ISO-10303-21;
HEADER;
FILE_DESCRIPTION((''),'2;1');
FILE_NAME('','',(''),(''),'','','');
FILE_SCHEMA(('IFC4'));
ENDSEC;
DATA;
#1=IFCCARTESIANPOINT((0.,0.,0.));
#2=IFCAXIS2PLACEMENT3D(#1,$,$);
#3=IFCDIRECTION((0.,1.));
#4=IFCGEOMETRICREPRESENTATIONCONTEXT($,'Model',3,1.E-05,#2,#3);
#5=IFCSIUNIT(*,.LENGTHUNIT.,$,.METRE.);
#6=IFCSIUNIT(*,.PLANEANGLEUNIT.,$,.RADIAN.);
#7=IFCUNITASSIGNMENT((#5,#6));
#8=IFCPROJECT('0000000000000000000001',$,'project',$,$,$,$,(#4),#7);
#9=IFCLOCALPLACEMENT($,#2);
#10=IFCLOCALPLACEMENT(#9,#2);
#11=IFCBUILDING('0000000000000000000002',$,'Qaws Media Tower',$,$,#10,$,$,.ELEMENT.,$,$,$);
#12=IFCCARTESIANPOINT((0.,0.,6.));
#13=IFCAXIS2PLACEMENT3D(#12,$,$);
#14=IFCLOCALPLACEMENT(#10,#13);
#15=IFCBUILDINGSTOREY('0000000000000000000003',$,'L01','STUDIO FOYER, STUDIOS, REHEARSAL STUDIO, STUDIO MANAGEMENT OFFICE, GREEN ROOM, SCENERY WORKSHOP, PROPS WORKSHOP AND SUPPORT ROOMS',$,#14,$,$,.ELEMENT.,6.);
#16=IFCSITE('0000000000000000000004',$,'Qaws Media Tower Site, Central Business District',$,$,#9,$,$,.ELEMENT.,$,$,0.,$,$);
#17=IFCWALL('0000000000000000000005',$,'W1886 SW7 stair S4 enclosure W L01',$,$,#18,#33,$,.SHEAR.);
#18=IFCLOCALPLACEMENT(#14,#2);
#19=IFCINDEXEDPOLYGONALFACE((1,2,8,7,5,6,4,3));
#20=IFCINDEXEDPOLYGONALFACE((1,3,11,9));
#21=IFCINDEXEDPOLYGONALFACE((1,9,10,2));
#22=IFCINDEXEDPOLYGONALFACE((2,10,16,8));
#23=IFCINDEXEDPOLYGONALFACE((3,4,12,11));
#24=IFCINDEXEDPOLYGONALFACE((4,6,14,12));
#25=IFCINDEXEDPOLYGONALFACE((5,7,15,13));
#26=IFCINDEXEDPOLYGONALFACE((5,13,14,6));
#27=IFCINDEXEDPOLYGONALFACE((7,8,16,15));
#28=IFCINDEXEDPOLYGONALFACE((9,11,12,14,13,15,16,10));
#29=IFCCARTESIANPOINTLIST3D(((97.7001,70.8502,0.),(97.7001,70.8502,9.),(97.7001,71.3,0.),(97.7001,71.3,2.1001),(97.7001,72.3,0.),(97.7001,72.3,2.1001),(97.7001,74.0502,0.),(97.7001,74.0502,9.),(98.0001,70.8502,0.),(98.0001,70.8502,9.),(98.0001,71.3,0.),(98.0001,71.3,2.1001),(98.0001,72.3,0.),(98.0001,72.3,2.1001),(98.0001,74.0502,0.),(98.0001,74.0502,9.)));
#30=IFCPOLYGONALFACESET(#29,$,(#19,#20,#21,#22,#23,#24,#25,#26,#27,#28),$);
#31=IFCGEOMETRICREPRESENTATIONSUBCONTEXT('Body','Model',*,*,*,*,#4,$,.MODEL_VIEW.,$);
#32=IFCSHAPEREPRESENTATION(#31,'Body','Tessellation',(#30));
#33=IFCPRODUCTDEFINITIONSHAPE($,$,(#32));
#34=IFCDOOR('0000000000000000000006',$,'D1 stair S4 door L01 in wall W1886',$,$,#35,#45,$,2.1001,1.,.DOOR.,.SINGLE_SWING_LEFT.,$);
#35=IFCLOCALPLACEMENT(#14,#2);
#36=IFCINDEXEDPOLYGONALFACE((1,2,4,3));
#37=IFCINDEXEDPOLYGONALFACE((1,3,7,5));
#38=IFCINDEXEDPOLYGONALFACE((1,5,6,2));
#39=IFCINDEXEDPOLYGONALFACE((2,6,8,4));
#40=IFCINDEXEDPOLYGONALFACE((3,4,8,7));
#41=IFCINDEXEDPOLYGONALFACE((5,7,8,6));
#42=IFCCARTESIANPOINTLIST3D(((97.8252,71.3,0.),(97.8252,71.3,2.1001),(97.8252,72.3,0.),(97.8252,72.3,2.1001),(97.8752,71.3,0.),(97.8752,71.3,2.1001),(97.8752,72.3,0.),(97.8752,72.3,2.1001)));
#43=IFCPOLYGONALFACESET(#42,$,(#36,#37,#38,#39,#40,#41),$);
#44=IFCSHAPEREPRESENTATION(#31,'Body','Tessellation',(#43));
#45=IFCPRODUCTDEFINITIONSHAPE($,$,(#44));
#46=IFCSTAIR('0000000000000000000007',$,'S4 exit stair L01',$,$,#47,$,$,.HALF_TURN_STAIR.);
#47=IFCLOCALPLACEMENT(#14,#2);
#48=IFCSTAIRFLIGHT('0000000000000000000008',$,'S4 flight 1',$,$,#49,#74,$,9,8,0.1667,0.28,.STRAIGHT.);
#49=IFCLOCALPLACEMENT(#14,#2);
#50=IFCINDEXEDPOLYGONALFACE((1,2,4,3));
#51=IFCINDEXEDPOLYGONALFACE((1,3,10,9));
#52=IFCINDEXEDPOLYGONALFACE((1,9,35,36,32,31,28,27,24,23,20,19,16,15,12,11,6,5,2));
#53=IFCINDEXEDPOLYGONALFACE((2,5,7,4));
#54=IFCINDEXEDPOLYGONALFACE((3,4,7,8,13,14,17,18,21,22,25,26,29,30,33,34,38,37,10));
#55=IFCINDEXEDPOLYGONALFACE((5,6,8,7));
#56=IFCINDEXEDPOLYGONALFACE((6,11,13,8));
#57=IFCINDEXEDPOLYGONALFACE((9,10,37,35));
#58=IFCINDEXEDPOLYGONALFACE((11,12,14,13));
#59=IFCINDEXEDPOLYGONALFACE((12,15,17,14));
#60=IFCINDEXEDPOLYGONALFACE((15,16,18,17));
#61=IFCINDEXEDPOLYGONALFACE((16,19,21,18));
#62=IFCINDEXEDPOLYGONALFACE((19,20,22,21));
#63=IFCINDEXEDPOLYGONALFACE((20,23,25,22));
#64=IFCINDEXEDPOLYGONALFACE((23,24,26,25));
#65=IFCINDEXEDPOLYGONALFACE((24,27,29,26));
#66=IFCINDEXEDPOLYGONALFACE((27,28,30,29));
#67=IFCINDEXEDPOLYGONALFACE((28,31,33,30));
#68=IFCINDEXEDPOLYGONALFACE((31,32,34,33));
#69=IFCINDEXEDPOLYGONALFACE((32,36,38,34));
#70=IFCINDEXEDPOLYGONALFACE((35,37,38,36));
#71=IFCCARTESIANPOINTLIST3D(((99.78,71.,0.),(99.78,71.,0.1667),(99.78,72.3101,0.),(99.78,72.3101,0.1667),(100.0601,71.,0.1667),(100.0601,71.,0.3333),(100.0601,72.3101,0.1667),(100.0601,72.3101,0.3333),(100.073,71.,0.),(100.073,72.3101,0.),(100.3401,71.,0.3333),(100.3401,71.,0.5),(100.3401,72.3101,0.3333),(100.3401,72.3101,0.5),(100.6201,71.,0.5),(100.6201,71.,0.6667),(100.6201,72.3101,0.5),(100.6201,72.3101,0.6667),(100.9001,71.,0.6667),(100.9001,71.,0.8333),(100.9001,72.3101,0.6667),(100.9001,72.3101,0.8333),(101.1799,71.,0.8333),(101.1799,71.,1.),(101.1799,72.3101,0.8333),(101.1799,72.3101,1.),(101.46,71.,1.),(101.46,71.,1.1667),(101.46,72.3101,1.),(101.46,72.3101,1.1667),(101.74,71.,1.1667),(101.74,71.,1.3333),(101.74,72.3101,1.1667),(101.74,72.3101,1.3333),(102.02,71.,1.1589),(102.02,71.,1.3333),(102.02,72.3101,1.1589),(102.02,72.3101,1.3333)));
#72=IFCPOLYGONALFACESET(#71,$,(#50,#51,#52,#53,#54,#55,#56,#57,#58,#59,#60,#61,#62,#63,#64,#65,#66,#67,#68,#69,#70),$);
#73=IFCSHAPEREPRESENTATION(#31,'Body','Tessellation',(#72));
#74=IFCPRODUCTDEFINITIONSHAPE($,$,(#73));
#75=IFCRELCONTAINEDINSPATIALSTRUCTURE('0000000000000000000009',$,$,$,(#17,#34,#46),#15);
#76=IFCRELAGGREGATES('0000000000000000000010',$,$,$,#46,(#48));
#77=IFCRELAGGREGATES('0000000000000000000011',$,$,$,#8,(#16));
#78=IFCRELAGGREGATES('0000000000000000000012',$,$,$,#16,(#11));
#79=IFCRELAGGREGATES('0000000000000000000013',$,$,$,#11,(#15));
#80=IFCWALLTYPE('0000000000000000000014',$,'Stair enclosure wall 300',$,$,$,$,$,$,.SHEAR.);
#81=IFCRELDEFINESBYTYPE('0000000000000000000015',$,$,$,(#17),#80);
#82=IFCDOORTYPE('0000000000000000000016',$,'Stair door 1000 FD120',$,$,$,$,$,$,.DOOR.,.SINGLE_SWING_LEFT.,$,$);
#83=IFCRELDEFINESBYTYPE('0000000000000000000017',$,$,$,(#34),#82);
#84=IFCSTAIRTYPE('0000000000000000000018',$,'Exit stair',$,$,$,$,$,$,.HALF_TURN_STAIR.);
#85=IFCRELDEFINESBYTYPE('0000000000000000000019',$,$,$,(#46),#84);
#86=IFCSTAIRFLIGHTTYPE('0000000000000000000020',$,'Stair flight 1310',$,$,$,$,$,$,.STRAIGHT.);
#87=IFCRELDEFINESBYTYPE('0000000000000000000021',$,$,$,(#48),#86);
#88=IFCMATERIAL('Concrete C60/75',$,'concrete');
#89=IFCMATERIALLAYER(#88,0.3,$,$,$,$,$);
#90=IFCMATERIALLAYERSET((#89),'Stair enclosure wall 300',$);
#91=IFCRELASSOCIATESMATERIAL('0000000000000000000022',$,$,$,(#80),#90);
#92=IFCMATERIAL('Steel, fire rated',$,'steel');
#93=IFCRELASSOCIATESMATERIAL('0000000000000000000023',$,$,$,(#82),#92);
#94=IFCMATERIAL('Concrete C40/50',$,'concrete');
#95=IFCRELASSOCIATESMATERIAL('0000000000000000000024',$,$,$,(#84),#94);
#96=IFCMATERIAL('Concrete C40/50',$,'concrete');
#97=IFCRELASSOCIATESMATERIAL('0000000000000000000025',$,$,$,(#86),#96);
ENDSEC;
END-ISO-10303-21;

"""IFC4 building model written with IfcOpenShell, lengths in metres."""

from ifc_helpers import new_model, si_unit, direction, frame, frame_2d, origin, place, context, subcontext, project, spatial, polyline, rectangle, outline, extrude, material, layer, layer_set, type_object, element, fill, aggregate, save


model = new_model("IFC4")

# Units and contexts
model_context = context("Model", 3, precision=1e-05, world=origin(), true_north=direction((0.0, 1.0)))
body_context = subcontext(model_context, "Body", "Model", "MODEL_VIEW")
ifc_project = project(units=[si_unit("LENGTHUNIT", "METRE"), si_unit("PLANEANGLEUNIT", "RADIAN")], contexts=[model_context])

# Site, building, storey
site_placement = place(None, origin())
site = spatial("IfcSite", under=ifc_project, at=site_placement, Name="Qaws Media Tower Site, Central Business District", CompositionType="ELEMENT", RefElevation=0.0)
building_placement = place(site_placement, origin())
building = spatial("IfcBuilding", under=site, at=building_placement, Name="Qaws Media Tower", CompositionType="ELEMENT")
storey_placement = place(building_placement, frame((0.0, 0.0, 6.0)))
storey = spatial("IfcBuildingStorey", under=building, at=storey_placement, Name="L01", Description="STUDIO FOYER, STUDIOS, REHEARSAL STUDIO, STUDIO MANAGEMENT OFFICE, GREEN ROOM, SCENERY WORKSHOP, PROPS WORKSHOP AND SUPPORT ROOMS", CompositionType="ELEMENT", Elevation=6.0)

# Shared definitions
ifc_material_1 = material(Name="Concrete C60/75", Category="concrete")
ifc_layer_1 = layer(ifc_material_1, 0.3)
ifc_layer_set_1 = layer_set([ifc_layer_1], Name="Stair enclosure wall 300")
wall_type_1 = type_object("IfcWallType", Name="Stair enclosure wall 300", PredefinedType="SHEAR", material=ifc_layer_set_1)

# Wall, opening, door
wall_1_placement = place(storey_placement, frame((97.8501, 70.8501, 0.0), z_axis=(0.0, 0.0, 1.0), x_axis=(0.0, 1.0, 0.0)))
wall_1 = element("IfcWall", 1, at=wall_1_placement, inside=storey, type_object=wall_type_1, Name="W1886 SW7 stair S4 enclosure W L01", PredefinedType="SHEAR", context=body_context, shape_type="SweptSolid", body=[
    extrude(rectangle(XDim=3.2, YDim=0.3, at=frame_2d((1.6001, 0.0))), origin(), (0.0, 0.0, 1.0), 9.0),
])
opening_1_placement = place(wall_1_placement, frame((0.45, 0.0, 0.0)))
opening_1 = element("IfcOpeningElement", 2, at=opening_1_placement, cuts=wall_1, PredefinedType="OPENING", context=body_context, shape_type="SweptSolid", body=[
    extrude(rectangle(XDim=1.0, YDim=2.1001, at=frame_2d((0.5, 1.05))), frame((0.0, 0.1599, 0.0), z_axis=(0.0, -1.0, 0.0), x_axis=(1.0, 0.0, 0.0)), (0.0, 0.0, 1.0), 0.3201),
])
ifc_material_2 = material(Name="Steel, fire rated", Category="steel")
door_type = type_object("IfcDoorType", Name="Stair door 1000 FD120", OperationType="SINGLE_SWING_LEFT", PredefinedType="DOOR", material=ifc_material_2)
door_placement = place(opening_1_placement, origin())
door = element("IfcDoor", 3, at=door_placement, inside=storey, type_object=door_type, Name="D1 stair S4 door L01 in wall W1886", OperationType="SINGLE_SWING_LEFT", OverallHeight=2.1001, OverallWidth=1.0, PredefinedType="DOOR", context=body_context, shape_type="SweptSolid", body=[
    extrude(rectangle(XDim=1.0, YDim=2.1001, at=frame_2d((0.5, 1.05))), frame((0.0, 0.0249, 0.0), z_axis=(0.0, -1.0, 0.0), x_axis=(1.0, 0.0, 0.0)), (0.0, 0.0, 1.0), 0.05),
])
fill(opening_1, door)

# Stair, stair flight
ifc_material_3 = material(Name="Concrete C40/50", Category="concrete")
stair_type = type_object("IfcStairType", Name="Exit stair", PredefinedType="HALF_TURN_STAIR", material=ifc_material_3)
stair_placement = place(storey_placement, origin())
stair = element("IfcStair", 4, at=stair_placement, inside=storey, type_object=stair_type, Name="S4 exit stair L01", PredefinedType="HALF_TURN_STAIR")
ifc_material_4 = material(Name="Concrete C40/50", Category="concrete")
stair_flight_type = type_object("IfcStairFlightType", Name="Stair flight 1310", PredefinedType="STRAIGHT", material=ifc_material_4)
stair_flight_placement = place(storey_placement, frame((99.78, 71.655, 0.0), z_axis=(0.0, 0.0, 1.0), x_axis=(1.0, 0.0, 0.0)))
stair_flight = element("IfcStairFlight", 5, at=stair_flight_placement, type_object=stair_flight_type, Name="S4 flight 1", NumberOfRisers=9, NumberOfTreads=8, PredefinedType="STRAIGHT", RiserHeight=0.1667, TreadLength=0.28, context=body_context, shape_type="SweptSolid", body=[
    extrude(outline(polyline([(0.0, 0.0), (0.0, 0.1667), (0.28, 0.1667), (0.28, 0.3333), (0.5601, 0.3333), (0.5601, 0.5), (0.8401, 0.5), (0.8401, 0.6667), (1.1201, 0.6667), (1.1201, 0.8333), (1.3999, 0.8333), (1.3999, 1.0), (1.6799, 1.0), (1.6799, 1.1667), (1.96, 1.1667), (1.96, 1.3333), (2.24, 1.3333), (2.24, 1.5), (2.24, 1.1589), (0.293, 0.0), (0.0, 0.0)])), frame((0.0, 0.655, 0.0), z_axis=(0.0, -1.0, 0.0), x_axis=(1.0, 0.0, 0.0)), (0.0, 0.0, 1.0), 1.3101),
])
aggregate(stair, [stair_flight])

save(model, "model.ifc")
